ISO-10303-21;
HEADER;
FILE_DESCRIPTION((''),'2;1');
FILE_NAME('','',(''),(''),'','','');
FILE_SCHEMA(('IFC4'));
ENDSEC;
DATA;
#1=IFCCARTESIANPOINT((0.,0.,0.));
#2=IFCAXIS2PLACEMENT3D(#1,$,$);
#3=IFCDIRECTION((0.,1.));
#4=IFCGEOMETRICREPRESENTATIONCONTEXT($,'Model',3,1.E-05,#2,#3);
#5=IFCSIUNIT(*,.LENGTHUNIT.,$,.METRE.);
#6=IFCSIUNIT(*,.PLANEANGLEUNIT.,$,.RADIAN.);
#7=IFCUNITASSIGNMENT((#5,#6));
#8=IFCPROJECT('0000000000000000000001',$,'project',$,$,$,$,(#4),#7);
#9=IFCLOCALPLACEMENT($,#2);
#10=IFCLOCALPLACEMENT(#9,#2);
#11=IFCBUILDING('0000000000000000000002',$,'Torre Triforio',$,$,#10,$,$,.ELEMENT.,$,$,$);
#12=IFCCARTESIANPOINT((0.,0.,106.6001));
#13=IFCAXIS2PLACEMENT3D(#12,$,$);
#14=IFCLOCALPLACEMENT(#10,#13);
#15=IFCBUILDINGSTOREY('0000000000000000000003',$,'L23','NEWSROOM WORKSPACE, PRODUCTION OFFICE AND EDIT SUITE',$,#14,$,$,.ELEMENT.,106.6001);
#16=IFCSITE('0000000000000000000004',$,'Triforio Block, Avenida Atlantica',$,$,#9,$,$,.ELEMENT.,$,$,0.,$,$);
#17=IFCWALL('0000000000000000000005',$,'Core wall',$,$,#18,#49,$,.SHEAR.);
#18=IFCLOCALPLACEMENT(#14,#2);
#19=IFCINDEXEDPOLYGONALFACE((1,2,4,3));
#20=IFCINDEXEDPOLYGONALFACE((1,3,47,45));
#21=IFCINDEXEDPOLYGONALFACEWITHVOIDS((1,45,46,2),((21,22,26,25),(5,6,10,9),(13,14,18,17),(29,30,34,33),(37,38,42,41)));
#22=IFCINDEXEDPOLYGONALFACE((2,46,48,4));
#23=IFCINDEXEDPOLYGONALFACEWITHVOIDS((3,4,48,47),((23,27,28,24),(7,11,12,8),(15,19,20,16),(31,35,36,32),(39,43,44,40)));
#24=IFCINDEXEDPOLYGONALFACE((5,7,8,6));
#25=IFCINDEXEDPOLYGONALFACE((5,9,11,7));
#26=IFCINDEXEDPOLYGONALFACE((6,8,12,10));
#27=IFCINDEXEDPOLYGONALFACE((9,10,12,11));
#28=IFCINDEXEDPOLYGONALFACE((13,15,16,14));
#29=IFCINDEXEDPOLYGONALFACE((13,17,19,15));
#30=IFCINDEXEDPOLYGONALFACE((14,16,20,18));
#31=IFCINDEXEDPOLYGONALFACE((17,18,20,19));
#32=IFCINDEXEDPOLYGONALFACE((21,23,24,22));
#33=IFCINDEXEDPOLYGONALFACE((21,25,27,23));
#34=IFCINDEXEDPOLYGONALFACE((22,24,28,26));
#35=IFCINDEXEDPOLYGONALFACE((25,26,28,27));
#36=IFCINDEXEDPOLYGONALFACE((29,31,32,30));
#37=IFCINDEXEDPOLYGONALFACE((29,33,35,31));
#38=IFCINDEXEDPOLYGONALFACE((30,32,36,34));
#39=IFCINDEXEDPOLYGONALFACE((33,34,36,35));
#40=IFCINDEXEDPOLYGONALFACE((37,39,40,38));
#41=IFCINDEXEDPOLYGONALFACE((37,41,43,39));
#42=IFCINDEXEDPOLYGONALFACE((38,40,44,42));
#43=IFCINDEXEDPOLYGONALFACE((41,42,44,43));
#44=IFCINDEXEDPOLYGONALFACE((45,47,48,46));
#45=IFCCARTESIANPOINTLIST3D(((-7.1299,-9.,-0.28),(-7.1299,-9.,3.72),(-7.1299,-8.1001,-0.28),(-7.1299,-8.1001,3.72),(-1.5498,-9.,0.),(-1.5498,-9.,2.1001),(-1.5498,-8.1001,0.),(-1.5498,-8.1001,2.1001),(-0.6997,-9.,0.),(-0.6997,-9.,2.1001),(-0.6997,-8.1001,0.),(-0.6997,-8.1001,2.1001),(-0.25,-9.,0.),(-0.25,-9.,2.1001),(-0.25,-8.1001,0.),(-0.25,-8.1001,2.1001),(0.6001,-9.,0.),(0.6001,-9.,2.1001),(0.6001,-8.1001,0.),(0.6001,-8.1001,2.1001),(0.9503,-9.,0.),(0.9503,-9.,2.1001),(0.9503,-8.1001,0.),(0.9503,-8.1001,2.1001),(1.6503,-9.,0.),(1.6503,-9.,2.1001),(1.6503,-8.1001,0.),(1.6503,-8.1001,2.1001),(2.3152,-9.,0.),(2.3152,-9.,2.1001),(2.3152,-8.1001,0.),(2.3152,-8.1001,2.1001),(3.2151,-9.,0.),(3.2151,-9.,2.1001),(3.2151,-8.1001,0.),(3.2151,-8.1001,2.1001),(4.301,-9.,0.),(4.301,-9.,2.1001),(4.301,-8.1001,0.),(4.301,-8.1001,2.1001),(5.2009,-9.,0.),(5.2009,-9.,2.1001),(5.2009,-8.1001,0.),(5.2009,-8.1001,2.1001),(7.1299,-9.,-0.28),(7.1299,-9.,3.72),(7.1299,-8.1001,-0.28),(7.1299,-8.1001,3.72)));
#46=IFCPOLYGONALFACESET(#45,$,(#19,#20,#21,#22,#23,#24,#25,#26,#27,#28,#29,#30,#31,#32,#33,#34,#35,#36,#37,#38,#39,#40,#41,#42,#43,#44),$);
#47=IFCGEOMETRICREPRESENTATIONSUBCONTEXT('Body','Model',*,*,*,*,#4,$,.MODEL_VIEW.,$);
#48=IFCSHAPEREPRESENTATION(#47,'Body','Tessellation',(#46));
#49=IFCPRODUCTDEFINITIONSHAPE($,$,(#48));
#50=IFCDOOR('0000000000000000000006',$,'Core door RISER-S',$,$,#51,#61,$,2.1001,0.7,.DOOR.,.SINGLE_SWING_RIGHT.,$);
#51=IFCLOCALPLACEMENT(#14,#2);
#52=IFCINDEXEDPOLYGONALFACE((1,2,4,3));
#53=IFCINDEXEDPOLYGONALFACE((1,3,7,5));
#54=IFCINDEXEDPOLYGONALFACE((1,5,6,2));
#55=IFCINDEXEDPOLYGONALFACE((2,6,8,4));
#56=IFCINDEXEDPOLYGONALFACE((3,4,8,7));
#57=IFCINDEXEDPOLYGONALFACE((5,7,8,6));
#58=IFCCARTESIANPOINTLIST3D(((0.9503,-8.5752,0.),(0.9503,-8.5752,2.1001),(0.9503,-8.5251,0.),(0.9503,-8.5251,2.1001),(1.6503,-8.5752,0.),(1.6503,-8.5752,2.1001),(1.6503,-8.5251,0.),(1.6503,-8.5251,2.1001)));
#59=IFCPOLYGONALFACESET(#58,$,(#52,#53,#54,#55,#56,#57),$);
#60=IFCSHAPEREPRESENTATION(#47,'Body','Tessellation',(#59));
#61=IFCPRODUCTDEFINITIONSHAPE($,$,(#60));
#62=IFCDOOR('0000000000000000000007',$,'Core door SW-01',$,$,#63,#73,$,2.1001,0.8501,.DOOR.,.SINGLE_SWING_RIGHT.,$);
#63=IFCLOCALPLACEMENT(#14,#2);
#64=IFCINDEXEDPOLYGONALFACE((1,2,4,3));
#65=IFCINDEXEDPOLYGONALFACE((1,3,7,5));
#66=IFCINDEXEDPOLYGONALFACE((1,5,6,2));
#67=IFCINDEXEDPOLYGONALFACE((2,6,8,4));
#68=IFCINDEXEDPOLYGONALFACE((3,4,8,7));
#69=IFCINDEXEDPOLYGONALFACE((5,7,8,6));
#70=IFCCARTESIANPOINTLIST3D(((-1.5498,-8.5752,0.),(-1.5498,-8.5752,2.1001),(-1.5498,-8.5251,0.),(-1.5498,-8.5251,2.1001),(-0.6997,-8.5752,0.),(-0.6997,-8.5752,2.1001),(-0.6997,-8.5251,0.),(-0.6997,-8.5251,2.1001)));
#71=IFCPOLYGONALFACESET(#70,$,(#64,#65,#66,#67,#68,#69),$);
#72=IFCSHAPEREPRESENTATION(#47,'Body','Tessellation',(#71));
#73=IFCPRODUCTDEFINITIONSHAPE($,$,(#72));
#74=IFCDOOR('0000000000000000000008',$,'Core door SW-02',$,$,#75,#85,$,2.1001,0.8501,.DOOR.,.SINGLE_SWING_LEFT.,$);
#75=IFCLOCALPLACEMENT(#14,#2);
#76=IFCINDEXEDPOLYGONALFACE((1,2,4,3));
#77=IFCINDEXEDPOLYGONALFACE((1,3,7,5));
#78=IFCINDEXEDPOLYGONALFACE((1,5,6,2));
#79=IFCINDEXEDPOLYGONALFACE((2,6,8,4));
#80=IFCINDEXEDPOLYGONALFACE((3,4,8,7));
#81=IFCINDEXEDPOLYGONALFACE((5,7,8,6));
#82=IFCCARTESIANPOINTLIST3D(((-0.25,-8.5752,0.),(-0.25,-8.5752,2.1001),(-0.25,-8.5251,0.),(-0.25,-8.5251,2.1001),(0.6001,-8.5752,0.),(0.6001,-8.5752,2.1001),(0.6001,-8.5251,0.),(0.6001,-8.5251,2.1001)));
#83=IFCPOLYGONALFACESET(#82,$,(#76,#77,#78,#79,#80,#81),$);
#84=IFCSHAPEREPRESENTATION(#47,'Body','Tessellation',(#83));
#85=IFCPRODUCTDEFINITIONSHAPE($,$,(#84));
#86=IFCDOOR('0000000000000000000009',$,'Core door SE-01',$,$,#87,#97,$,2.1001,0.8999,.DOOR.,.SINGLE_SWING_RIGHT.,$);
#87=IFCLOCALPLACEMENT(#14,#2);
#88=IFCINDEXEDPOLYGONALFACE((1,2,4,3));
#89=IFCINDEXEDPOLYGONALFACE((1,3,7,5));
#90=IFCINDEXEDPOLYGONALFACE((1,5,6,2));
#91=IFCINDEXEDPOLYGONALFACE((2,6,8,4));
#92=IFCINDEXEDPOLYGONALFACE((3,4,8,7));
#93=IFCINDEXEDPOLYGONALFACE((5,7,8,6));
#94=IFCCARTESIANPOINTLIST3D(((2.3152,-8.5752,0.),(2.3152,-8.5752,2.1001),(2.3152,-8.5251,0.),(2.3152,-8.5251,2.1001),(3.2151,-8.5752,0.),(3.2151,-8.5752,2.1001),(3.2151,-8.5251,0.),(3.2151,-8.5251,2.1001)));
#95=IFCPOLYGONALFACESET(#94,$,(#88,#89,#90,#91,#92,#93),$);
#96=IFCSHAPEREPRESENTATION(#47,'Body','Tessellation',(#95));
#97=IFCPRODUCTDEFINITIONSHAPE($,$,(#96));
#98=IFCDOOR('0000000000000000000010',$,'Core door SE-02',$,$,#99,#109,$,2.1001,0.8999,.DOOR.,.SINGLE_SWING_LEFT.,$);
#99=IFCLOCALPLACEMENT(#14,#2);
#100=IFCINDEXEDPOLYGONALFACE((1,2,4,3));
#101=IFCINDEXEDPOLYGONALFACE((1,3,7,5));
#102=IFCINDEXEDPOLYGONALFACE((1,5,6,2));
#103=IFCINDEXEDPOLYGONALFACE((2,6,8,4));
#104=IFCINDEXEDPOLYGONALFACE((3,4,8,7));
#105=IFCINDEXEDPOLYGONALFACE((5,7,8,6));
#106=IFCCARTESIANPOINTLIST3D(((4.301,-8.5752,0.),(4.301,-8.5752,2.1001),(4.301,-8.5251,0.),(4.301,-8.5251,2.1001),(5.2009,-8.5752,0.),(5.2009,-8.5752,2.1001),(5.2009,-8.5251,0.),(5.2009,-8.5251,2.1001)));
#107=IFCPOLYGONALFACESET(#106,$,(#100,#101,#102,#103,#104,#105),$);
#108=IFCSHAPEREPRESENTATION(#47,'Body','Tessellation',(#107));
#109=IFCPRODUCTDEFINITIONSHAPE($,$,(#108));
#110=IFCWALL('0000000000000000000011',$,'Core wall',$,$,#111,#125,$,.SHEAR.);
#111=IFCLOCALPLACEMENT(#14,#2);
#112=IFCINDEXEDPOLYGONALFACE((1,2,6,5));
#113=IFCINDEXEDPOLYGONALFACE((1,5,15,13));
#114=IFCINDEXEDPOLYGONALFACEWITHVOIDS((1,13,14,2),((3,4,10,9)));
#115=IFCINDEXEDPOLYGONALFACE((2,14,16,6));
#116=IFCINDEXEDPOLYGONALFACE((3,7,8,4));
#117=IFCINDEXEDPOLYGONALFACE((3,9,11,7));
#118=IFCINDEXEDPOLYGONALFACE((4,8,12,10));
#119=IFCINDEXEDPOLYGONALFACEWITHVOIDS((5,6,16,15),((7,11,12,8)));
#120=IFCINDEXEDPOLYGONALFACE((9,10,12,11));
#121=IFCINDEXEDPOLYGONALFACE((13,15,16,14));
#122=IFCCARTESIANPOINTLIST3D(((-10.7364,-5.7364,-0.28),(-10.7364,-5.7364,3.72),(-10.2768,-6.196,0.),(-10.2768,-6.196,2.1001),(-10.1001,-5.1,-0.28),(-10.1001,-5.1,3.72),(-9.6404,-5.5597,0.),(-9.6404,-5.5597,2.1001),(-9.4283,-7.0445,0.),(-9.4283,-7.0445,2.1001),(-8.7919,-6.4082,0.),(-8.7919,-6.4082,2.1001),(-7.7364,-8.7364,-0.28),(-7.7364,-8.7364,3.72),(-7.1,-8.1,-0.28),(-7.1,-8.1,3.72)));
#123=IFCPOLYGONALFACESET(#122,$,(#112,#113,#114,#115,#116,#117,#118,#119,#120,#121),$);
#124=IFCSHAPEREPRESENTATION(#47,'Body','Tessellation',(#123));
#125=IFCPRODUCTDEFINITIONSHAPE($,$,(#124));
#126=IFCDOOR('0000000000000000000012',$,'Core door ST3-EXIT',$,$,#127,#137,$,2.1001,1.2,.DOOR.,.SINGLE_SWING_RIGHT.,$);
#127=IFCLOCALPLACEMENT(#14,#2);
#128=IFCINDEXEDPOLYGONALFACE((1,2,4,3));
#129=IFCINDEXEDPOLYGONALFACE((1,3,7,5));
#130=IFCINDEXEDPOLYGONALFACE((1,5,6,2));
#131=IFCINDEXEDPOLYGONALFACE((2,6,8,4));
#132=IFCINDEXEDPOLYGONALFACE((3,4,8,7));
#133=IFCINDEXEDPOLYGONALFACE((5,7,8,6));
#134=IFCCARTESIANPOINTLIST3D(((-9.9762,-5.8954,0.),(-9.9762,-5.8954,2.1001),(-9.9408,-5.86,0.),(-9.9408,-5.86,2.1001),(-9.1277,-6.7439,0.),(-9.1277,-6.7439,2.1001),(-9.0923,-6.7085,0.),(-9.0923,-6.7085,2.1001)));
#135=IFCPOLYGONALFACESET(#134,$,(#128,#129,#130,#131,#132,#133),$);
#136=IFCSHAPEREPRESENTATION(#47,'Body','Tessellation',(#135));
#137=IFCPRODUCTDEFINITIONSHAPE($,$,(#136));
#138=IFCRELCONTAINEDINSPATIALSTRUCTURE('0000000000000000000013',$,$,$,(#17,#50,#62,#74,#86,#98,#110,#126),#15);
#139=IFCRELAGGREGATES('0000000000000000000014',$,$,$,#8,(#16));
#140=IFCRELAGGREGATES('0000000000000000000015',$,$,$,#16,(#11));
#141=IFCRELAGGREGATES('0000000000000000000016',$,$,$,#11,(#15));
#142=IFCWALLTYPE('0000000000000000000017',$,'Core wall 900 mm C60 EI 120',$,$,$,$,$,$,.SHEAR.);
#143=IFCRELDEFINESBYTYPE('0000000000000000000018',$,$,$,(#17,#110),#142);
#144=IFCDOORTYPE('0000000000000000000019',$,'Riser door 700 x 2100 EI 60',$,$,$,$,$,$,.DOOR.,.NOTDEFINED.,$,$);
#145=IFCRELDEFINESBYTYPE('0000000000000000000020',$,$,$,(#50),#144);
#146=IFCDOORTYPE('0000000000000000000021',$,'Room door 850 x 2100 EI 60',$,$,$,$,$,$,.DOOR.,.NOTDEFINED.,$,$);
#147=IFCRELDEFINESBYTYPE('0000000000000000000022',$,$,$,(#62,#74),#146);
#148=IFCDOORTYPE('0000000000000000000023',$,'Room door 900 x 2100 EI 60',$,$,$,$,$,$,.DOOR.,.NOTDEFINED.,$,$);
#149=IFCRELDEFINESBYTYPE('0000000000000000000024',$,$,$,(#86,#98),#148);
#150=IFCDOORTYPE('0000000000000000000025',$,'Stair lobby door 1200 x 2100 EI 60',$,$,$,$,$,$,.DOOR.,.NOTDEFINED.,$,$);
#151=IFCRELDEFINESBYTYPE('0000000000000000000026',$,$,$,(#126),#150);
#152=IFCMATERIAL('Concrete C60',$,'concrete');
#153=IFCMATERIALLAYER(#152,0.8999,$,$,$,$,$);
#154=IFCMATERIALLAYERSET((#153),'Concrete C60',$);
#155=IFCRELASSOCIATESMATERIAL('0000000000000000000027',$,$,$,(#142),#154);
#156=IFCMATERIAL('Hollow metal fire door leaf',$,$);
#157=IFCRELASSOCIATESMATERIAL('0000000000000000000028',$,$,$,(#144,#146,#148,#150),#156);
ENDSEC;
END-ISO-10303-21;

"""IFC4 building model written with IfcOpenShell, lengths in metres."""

from ifc_helpers import new_model, si_unit, direction, frame, frame_2d, origin, place, context, subcontext, project, spatial, rectangle, extrude, material, layer, layer_set, type_object, element, fill, save


model = new_model("IFC4")

# Units and contexts
model_context = context("Model", 3, precision=1e-05, world=origin(), true_north=direction((0.0, 1.0)))
body_context = subcontext(model_context, "Body", "Model", "MODEL_VIEW")
ifc_project = project(units=[si_unit("LENGTHUNIT", "METRE"), si_unit("PLANEANGLEUNIT", "RADIAN")], contexts=[model_context])

# Site, building, storey
site_placement = place(None, origin())
site = spatial("IfcSite", under=ifc_project, at=site_placement, Name="Triforio Block, Avenida Atlantica", CompositionType="ELEMENT", RefElevation=0.0)
building_placement = place(site_placement, origin())
building = spatial("IfcBuilding", under=site, at=building_placement, Name="Torre Triforio", CompositionType="ELEMENT")
storey_placement = place(building_placement, frame((0.0, 0.0, 106.6001)))
storey = spatial("IfcBuildingStorey", under=building, at=storey_placement, Name="L23", Description="NEWSROOM WORKSPACE, PRODUCTION OFFICE AND EDIT SUITE", CompositionType="ELEMENT", Elevation=106.6001)

# Shared definitions
ifc_material_1 = material(Name="Concrete C60", Category="concrete")

# Wall, openings, doors
ifc_layer_1 = layer(ifc_material_1, 0.8999)
ifc_layer_set_1 = layer_set([ifc_layer_1], Name="Concrete C60")
wall_type_1 = type_object("IfcWallType", Name="Core wall 900 mm C60 EI 120", PredefinedType="SHEAR", material=ifc_layer_set_1)
wall_1_placement = place(storey_placement, frame((-7.1299, -8.55, -0.28), z_axis=(0.0, 0.0, 1.0), x_axis=(1.0, 0.0, 0.0)))
wall_1 = element("IfcWall", 1, at=wall_1_placement, inside=storey, type_object=wall_type_1, Name="Core wall", PredefinedType="SHEAR", context=body_context, shape_type="SweptSolid", body=[
    extrude(rectangle(XDim=14.2598, YDim=0.8999, at=frame_2d((7.1299, 0.0))), origin(), (0.0, 0.0, 1.0), 4.0),
])
opening_1_placement = place(wall_1_placement, frame((8.0801, 0.0, 0.28)))
opening_1 = element("IfcOpeningElement", 2, at=opening_1_placement, cuts=wall_1, PredefinedType="OPENING", context=body_context, shape_type="SweptSolid", body=[
    extrude(rectangle(XDim=0.7, YDim=2.1001, at=frame_2d((0.3501, 1.05))), frame((0.0, 0.46, 0.0), z_axis=(0.0, -1.0, 0.0), x_axis=(1.0, 0.0, 0.0)), (0.0, 0.0, 1.0), 0.9199),
])
opening_2_placement = place(wall_1_placement, frame((5.5801, 0.0, 0.28)))
opening_2 = element("IfcOpeningElement", 3, at=opening_2_placement, cuts=wall_1, PredefinedType="OPENING", context=body_context, shape_type="SweptSolid", body=[
    extrude(rectangle(XDim=0.8501, YDim=2.1001, at=frame_2d((0.425, 1.05))), frame((0.0, 0.46, 0.0), z_axis=(0.0, -1.0, 0.0), x_axis=(1.0, 0.0, 0.0)), (0.0, 0.0, 1.0), 0.9199),
])
opening_3_placement = place(wall_1_placement, frame((6.8799, 0.0, 0.28)))
opening_3 = element("IfcOpeningElement", 4, at=opening_3_placement, cuts=wall_1, PredefinedType="OPENING", context=body_context, shape_type="SweptSolid", body=[
    extrude(rectangle(XDim=0.8501, YDim=2.1001, at=frame_2d((0.425, 1.05))), frame((0.0, 0.46, 0.0), z_axis=(0.0, -1.0, 0.0), x_axis=(1.0, 0.0, 0.0)), (0.0, 0.0, 1.0), 0.9199),
])
opening_4_placement = place(wall_1_placement, frame((9.4451, 0.0, 0.28)))
opening_4 = element("IfcOpeningElement", 5, at=opening_4_placement, cuts=wall_1, PredefinedType="OPENING", context=body_context, shape_type="SweptSolid", body=[
    extrude(rectangle(XDim=0.8999, YDim=2.1001, at=frame_2d((0.45, 1.05))), frame((0.0, 0.46, 0.0), z_axis=(0.0, -1.0, 0.0), x_axis=(1.0, 0.0, 0.0)), (0.0, 0.0, 1.0), 0.9199),
])
opening_5_placement = place(wall_1_placement, frame((11.4309, 0.0, 0.28)))
opening_5 = element("IfcOpeningElement", 6, at=opening_5_placement, cuts=wall_1, PredefinedType="OPENING", context=body_context, shape_type="SweptSolid", body=[
    extrude(rectangle(XDim=0.8999, YDim=2.1001, at=frame_2d((0.45, 1.05))), frame((0.0, 0.46, 0.0), z_axis=(0.0, -1.0, 0.0), x_axis=(1.0, 0.0, 0.0)), (0.0, 0.0, 1.0), 0.9199),
])
ifc_material_2 = material(Name="Hollow metal fire door leaf")
door_type_1 = type_object("IfcDoorType", Name="Riser door 700 x 2100 EI 60", OperationType="NOTDEFINED", PredefinedType="DOOR", material=ifc_material_2)
door_1_placement = place(opening_1_placement, origin())
door_1 = element("IfcDoor", 7, at=door_1_placement, inside=storey, type_object=door_type_1, Name="Core door RISER-S", OperationType="SINGLE_SWING_RIGHT", OverallHeight=2.1001, OverallWidth=0.7, PredefinedType="DOOR", context=body_context, shape_type="SweptSolid", body=[
    extrude(rectangle(XDim=0.7, YDim=2.1001, at=frame_2d((0.3501, 1.05))), frame((0.0, 0.0249, 0.0), z_axis=(0.0, -1.0, 0.0), x_axis=(1.0, 0.0, 0.0)), (0.0, 0.0, 1.0), 0.05),
])
fill(opening_1, door_1)
door_type_2 = type_object("IfcDoorType", Name="Room door 850 x 2100 EI 60", OperationType="NOTDEFINED", PredefinedType="DOOR", material=ifc_material_2)
door_2_placement = place(opening_2_placement, origin())
door_2 = element("IfcDoor", 8, at=door_2_placement, inside=storey, type_object=door_type_2, Name="Core door SW-01", OperationType="SINGLE_SWING_RIGHT", OverallHeight=2.1001, OverallWidth=0.8501, PredefinedType="DOOR", context=body_context, shape_type="SweptSolid", body=[
    extrude(rectangle(XDim=0.8501, YDim=2.1001, at=frame_2d((0.425, 1.05))), frame((0.0, 0.0249, 0.0), z_axis=(0.0, -1.0, 0.0), x_axis=(1.0, 0.0, 0.0)), (0.0, 0.0, 1.0), 0.05),
])
fill(opening_2, door_2)
door_3_placement = place(opening_3_placement, origin())
door_3 = element("IfcDoor", 9, at=door_3_placement, inside=storey, type_object=door_type_2, Name="Core door SW-02", OperationType="SINGLE_SWING_LEFT", OverallHeight=2.1001, OverallWidth=0.8501, PredefinedType="DOOR", context=body_context, shape_type="SweptSolid", body=[
    extrude(rectangle(XDim=0.8501, YDim=2.1001, at=frame_2d((0.425, 1.05))), frame((0.0, 0.0249, 0.0), z_axis=(0.0, -1.0, 0.0), x_axis=(1.0, 0.0, 0.0)), (0.0, 0.0, 1.0), 0.05),
])
fill(opening_3, door_3)
door_type_3 = type_object("IfcDoorType", Name="Room door 900 x 2100 EI 60", OperationType="NOTDEFINED", PredefinedType="DOOR", material=ifc_material_2)
door_4_placement = place(opening_4_placement, origin())
door_4 = element("IfcDoor", 10, at=door_4_placement, inside=storey, type_object=door_type_3, Name="Core door SE-01", OperationType="SINGLE_SWING_RIGHT", OverallHeight=2.1001, OverallWidth=0.8999, PredefinedType="DOOR", context=body_context, shape_type="SweptSolid", body=[
    extrude(rectangle(XDim=0.8999, YDim=2.1001, at=frame_2d((0.45, 1.05))), frame((0.0, 0.0249, 0.0), z_axis=(0.0, -1.0, 0.0), x_axis=(1.0, 0.0, 0.0)), (0.0, 0.0, 1.0), 0.05),
])
fill(opening_4, door_4)
door_5_placement = place(opening_5_placement, origin())
door_5 = element("IfcDoor", 11, at=door_5_placement, inside=storey, type_object=door_type_3, Name="Core door SE-02", OperationType="SINGLE_SWING_LEFT", OverallHeight=2.1001, OverallWidth=0.8999, PredefinedType="DOOR", context=body_context, shape_type="SweptSolid", body=[
    extrude(rectangle(XDim=0.8999, YDim=2.1001, at=frame_2d((0.45, 1.05))), frame((0.0, 0.0249, 0.0), z_axis=(0.0, -1.0, 0.0), x_axis=(1.0, 0.0, 0.0)), (0.0, 0.0, 1.0), 0.05),
])
fill(opening_5, door_5)

# Wall, opening, door
wall_2_placement = place(storey_placement, frame((-7.4182, -8.4182, -0.28), z_axis=(0.0, 0.0, 1.0), x_axis=(-0.707107, 0.707107, 0.0)))
wall_2 = element("IfcWall", 12, at=wall_2_placement, inside=storey, type_object=wall_type_1, Name="Core wall", PredefinedType="SHEAR", context=body_context, shape_type="SweptSolid", body=[
    extrude(rectangle(XDim=4.2427, YDim=0.8999, at=frame_2d((2.1213, 0.0))), origin(), (0.0, 0.0, 1.0), 4.0),
])
opening_6_placement = place(wall_2_placement, frame((2.3926, 0.0, 0.28)))
opening_6 = element("IfcOpeningElement", 13, at=opening_6_placement, cuts=wall_2, PredefinedType="OPENING", context=body_context, shape_type="SweptSolid", body=[
    extrude(rectangle(XDim=1.2, YDim=2.1001, at=frame_2d((0.6001, 1.05))), frame((0.0, 0.46, 0.0), z_axis=(0.0, -1.0, 0.0), x_axis=(1.0, 0.0, 0.0)), (0.0, 0.0, 1.0), 0.9199),
])
door_type_4 = type_object("IfcDoorType", Name="Stair lobby door 1200 x 2100 EI 60", OperationType="NOTDEFINED", PredefinedType="DOOR", material=ifc_material_2)
door_6_placement = place(opening_6_placement, origin())
door_6 = element("IfcDoor", 14, at=door_6_placement, inside=storey, type_object=door_type_4, Name="Core door ST3-EXIT", OperationType="SINGLE_SWING_RIGHT", OverallHeight=2.1001, OverallWidth=1.2, PredefinedType="DOOR", context=body_context, shape_type="SweptSolid", body=[
    extrude(rectangle(XDim=1.2, YDim=2.1001, at=frame_2d((0.6001, 1.05))), frame((0.0, 0.0249, 0.0), z_axis=(0.0, -1.0, 0.0), x_axis=(1.0, 0.0, 0.0)), (0.0, 0.0, 1.0), 0.05),
])
fill(opening_6, door_6)

save(model, "model.ifc")
